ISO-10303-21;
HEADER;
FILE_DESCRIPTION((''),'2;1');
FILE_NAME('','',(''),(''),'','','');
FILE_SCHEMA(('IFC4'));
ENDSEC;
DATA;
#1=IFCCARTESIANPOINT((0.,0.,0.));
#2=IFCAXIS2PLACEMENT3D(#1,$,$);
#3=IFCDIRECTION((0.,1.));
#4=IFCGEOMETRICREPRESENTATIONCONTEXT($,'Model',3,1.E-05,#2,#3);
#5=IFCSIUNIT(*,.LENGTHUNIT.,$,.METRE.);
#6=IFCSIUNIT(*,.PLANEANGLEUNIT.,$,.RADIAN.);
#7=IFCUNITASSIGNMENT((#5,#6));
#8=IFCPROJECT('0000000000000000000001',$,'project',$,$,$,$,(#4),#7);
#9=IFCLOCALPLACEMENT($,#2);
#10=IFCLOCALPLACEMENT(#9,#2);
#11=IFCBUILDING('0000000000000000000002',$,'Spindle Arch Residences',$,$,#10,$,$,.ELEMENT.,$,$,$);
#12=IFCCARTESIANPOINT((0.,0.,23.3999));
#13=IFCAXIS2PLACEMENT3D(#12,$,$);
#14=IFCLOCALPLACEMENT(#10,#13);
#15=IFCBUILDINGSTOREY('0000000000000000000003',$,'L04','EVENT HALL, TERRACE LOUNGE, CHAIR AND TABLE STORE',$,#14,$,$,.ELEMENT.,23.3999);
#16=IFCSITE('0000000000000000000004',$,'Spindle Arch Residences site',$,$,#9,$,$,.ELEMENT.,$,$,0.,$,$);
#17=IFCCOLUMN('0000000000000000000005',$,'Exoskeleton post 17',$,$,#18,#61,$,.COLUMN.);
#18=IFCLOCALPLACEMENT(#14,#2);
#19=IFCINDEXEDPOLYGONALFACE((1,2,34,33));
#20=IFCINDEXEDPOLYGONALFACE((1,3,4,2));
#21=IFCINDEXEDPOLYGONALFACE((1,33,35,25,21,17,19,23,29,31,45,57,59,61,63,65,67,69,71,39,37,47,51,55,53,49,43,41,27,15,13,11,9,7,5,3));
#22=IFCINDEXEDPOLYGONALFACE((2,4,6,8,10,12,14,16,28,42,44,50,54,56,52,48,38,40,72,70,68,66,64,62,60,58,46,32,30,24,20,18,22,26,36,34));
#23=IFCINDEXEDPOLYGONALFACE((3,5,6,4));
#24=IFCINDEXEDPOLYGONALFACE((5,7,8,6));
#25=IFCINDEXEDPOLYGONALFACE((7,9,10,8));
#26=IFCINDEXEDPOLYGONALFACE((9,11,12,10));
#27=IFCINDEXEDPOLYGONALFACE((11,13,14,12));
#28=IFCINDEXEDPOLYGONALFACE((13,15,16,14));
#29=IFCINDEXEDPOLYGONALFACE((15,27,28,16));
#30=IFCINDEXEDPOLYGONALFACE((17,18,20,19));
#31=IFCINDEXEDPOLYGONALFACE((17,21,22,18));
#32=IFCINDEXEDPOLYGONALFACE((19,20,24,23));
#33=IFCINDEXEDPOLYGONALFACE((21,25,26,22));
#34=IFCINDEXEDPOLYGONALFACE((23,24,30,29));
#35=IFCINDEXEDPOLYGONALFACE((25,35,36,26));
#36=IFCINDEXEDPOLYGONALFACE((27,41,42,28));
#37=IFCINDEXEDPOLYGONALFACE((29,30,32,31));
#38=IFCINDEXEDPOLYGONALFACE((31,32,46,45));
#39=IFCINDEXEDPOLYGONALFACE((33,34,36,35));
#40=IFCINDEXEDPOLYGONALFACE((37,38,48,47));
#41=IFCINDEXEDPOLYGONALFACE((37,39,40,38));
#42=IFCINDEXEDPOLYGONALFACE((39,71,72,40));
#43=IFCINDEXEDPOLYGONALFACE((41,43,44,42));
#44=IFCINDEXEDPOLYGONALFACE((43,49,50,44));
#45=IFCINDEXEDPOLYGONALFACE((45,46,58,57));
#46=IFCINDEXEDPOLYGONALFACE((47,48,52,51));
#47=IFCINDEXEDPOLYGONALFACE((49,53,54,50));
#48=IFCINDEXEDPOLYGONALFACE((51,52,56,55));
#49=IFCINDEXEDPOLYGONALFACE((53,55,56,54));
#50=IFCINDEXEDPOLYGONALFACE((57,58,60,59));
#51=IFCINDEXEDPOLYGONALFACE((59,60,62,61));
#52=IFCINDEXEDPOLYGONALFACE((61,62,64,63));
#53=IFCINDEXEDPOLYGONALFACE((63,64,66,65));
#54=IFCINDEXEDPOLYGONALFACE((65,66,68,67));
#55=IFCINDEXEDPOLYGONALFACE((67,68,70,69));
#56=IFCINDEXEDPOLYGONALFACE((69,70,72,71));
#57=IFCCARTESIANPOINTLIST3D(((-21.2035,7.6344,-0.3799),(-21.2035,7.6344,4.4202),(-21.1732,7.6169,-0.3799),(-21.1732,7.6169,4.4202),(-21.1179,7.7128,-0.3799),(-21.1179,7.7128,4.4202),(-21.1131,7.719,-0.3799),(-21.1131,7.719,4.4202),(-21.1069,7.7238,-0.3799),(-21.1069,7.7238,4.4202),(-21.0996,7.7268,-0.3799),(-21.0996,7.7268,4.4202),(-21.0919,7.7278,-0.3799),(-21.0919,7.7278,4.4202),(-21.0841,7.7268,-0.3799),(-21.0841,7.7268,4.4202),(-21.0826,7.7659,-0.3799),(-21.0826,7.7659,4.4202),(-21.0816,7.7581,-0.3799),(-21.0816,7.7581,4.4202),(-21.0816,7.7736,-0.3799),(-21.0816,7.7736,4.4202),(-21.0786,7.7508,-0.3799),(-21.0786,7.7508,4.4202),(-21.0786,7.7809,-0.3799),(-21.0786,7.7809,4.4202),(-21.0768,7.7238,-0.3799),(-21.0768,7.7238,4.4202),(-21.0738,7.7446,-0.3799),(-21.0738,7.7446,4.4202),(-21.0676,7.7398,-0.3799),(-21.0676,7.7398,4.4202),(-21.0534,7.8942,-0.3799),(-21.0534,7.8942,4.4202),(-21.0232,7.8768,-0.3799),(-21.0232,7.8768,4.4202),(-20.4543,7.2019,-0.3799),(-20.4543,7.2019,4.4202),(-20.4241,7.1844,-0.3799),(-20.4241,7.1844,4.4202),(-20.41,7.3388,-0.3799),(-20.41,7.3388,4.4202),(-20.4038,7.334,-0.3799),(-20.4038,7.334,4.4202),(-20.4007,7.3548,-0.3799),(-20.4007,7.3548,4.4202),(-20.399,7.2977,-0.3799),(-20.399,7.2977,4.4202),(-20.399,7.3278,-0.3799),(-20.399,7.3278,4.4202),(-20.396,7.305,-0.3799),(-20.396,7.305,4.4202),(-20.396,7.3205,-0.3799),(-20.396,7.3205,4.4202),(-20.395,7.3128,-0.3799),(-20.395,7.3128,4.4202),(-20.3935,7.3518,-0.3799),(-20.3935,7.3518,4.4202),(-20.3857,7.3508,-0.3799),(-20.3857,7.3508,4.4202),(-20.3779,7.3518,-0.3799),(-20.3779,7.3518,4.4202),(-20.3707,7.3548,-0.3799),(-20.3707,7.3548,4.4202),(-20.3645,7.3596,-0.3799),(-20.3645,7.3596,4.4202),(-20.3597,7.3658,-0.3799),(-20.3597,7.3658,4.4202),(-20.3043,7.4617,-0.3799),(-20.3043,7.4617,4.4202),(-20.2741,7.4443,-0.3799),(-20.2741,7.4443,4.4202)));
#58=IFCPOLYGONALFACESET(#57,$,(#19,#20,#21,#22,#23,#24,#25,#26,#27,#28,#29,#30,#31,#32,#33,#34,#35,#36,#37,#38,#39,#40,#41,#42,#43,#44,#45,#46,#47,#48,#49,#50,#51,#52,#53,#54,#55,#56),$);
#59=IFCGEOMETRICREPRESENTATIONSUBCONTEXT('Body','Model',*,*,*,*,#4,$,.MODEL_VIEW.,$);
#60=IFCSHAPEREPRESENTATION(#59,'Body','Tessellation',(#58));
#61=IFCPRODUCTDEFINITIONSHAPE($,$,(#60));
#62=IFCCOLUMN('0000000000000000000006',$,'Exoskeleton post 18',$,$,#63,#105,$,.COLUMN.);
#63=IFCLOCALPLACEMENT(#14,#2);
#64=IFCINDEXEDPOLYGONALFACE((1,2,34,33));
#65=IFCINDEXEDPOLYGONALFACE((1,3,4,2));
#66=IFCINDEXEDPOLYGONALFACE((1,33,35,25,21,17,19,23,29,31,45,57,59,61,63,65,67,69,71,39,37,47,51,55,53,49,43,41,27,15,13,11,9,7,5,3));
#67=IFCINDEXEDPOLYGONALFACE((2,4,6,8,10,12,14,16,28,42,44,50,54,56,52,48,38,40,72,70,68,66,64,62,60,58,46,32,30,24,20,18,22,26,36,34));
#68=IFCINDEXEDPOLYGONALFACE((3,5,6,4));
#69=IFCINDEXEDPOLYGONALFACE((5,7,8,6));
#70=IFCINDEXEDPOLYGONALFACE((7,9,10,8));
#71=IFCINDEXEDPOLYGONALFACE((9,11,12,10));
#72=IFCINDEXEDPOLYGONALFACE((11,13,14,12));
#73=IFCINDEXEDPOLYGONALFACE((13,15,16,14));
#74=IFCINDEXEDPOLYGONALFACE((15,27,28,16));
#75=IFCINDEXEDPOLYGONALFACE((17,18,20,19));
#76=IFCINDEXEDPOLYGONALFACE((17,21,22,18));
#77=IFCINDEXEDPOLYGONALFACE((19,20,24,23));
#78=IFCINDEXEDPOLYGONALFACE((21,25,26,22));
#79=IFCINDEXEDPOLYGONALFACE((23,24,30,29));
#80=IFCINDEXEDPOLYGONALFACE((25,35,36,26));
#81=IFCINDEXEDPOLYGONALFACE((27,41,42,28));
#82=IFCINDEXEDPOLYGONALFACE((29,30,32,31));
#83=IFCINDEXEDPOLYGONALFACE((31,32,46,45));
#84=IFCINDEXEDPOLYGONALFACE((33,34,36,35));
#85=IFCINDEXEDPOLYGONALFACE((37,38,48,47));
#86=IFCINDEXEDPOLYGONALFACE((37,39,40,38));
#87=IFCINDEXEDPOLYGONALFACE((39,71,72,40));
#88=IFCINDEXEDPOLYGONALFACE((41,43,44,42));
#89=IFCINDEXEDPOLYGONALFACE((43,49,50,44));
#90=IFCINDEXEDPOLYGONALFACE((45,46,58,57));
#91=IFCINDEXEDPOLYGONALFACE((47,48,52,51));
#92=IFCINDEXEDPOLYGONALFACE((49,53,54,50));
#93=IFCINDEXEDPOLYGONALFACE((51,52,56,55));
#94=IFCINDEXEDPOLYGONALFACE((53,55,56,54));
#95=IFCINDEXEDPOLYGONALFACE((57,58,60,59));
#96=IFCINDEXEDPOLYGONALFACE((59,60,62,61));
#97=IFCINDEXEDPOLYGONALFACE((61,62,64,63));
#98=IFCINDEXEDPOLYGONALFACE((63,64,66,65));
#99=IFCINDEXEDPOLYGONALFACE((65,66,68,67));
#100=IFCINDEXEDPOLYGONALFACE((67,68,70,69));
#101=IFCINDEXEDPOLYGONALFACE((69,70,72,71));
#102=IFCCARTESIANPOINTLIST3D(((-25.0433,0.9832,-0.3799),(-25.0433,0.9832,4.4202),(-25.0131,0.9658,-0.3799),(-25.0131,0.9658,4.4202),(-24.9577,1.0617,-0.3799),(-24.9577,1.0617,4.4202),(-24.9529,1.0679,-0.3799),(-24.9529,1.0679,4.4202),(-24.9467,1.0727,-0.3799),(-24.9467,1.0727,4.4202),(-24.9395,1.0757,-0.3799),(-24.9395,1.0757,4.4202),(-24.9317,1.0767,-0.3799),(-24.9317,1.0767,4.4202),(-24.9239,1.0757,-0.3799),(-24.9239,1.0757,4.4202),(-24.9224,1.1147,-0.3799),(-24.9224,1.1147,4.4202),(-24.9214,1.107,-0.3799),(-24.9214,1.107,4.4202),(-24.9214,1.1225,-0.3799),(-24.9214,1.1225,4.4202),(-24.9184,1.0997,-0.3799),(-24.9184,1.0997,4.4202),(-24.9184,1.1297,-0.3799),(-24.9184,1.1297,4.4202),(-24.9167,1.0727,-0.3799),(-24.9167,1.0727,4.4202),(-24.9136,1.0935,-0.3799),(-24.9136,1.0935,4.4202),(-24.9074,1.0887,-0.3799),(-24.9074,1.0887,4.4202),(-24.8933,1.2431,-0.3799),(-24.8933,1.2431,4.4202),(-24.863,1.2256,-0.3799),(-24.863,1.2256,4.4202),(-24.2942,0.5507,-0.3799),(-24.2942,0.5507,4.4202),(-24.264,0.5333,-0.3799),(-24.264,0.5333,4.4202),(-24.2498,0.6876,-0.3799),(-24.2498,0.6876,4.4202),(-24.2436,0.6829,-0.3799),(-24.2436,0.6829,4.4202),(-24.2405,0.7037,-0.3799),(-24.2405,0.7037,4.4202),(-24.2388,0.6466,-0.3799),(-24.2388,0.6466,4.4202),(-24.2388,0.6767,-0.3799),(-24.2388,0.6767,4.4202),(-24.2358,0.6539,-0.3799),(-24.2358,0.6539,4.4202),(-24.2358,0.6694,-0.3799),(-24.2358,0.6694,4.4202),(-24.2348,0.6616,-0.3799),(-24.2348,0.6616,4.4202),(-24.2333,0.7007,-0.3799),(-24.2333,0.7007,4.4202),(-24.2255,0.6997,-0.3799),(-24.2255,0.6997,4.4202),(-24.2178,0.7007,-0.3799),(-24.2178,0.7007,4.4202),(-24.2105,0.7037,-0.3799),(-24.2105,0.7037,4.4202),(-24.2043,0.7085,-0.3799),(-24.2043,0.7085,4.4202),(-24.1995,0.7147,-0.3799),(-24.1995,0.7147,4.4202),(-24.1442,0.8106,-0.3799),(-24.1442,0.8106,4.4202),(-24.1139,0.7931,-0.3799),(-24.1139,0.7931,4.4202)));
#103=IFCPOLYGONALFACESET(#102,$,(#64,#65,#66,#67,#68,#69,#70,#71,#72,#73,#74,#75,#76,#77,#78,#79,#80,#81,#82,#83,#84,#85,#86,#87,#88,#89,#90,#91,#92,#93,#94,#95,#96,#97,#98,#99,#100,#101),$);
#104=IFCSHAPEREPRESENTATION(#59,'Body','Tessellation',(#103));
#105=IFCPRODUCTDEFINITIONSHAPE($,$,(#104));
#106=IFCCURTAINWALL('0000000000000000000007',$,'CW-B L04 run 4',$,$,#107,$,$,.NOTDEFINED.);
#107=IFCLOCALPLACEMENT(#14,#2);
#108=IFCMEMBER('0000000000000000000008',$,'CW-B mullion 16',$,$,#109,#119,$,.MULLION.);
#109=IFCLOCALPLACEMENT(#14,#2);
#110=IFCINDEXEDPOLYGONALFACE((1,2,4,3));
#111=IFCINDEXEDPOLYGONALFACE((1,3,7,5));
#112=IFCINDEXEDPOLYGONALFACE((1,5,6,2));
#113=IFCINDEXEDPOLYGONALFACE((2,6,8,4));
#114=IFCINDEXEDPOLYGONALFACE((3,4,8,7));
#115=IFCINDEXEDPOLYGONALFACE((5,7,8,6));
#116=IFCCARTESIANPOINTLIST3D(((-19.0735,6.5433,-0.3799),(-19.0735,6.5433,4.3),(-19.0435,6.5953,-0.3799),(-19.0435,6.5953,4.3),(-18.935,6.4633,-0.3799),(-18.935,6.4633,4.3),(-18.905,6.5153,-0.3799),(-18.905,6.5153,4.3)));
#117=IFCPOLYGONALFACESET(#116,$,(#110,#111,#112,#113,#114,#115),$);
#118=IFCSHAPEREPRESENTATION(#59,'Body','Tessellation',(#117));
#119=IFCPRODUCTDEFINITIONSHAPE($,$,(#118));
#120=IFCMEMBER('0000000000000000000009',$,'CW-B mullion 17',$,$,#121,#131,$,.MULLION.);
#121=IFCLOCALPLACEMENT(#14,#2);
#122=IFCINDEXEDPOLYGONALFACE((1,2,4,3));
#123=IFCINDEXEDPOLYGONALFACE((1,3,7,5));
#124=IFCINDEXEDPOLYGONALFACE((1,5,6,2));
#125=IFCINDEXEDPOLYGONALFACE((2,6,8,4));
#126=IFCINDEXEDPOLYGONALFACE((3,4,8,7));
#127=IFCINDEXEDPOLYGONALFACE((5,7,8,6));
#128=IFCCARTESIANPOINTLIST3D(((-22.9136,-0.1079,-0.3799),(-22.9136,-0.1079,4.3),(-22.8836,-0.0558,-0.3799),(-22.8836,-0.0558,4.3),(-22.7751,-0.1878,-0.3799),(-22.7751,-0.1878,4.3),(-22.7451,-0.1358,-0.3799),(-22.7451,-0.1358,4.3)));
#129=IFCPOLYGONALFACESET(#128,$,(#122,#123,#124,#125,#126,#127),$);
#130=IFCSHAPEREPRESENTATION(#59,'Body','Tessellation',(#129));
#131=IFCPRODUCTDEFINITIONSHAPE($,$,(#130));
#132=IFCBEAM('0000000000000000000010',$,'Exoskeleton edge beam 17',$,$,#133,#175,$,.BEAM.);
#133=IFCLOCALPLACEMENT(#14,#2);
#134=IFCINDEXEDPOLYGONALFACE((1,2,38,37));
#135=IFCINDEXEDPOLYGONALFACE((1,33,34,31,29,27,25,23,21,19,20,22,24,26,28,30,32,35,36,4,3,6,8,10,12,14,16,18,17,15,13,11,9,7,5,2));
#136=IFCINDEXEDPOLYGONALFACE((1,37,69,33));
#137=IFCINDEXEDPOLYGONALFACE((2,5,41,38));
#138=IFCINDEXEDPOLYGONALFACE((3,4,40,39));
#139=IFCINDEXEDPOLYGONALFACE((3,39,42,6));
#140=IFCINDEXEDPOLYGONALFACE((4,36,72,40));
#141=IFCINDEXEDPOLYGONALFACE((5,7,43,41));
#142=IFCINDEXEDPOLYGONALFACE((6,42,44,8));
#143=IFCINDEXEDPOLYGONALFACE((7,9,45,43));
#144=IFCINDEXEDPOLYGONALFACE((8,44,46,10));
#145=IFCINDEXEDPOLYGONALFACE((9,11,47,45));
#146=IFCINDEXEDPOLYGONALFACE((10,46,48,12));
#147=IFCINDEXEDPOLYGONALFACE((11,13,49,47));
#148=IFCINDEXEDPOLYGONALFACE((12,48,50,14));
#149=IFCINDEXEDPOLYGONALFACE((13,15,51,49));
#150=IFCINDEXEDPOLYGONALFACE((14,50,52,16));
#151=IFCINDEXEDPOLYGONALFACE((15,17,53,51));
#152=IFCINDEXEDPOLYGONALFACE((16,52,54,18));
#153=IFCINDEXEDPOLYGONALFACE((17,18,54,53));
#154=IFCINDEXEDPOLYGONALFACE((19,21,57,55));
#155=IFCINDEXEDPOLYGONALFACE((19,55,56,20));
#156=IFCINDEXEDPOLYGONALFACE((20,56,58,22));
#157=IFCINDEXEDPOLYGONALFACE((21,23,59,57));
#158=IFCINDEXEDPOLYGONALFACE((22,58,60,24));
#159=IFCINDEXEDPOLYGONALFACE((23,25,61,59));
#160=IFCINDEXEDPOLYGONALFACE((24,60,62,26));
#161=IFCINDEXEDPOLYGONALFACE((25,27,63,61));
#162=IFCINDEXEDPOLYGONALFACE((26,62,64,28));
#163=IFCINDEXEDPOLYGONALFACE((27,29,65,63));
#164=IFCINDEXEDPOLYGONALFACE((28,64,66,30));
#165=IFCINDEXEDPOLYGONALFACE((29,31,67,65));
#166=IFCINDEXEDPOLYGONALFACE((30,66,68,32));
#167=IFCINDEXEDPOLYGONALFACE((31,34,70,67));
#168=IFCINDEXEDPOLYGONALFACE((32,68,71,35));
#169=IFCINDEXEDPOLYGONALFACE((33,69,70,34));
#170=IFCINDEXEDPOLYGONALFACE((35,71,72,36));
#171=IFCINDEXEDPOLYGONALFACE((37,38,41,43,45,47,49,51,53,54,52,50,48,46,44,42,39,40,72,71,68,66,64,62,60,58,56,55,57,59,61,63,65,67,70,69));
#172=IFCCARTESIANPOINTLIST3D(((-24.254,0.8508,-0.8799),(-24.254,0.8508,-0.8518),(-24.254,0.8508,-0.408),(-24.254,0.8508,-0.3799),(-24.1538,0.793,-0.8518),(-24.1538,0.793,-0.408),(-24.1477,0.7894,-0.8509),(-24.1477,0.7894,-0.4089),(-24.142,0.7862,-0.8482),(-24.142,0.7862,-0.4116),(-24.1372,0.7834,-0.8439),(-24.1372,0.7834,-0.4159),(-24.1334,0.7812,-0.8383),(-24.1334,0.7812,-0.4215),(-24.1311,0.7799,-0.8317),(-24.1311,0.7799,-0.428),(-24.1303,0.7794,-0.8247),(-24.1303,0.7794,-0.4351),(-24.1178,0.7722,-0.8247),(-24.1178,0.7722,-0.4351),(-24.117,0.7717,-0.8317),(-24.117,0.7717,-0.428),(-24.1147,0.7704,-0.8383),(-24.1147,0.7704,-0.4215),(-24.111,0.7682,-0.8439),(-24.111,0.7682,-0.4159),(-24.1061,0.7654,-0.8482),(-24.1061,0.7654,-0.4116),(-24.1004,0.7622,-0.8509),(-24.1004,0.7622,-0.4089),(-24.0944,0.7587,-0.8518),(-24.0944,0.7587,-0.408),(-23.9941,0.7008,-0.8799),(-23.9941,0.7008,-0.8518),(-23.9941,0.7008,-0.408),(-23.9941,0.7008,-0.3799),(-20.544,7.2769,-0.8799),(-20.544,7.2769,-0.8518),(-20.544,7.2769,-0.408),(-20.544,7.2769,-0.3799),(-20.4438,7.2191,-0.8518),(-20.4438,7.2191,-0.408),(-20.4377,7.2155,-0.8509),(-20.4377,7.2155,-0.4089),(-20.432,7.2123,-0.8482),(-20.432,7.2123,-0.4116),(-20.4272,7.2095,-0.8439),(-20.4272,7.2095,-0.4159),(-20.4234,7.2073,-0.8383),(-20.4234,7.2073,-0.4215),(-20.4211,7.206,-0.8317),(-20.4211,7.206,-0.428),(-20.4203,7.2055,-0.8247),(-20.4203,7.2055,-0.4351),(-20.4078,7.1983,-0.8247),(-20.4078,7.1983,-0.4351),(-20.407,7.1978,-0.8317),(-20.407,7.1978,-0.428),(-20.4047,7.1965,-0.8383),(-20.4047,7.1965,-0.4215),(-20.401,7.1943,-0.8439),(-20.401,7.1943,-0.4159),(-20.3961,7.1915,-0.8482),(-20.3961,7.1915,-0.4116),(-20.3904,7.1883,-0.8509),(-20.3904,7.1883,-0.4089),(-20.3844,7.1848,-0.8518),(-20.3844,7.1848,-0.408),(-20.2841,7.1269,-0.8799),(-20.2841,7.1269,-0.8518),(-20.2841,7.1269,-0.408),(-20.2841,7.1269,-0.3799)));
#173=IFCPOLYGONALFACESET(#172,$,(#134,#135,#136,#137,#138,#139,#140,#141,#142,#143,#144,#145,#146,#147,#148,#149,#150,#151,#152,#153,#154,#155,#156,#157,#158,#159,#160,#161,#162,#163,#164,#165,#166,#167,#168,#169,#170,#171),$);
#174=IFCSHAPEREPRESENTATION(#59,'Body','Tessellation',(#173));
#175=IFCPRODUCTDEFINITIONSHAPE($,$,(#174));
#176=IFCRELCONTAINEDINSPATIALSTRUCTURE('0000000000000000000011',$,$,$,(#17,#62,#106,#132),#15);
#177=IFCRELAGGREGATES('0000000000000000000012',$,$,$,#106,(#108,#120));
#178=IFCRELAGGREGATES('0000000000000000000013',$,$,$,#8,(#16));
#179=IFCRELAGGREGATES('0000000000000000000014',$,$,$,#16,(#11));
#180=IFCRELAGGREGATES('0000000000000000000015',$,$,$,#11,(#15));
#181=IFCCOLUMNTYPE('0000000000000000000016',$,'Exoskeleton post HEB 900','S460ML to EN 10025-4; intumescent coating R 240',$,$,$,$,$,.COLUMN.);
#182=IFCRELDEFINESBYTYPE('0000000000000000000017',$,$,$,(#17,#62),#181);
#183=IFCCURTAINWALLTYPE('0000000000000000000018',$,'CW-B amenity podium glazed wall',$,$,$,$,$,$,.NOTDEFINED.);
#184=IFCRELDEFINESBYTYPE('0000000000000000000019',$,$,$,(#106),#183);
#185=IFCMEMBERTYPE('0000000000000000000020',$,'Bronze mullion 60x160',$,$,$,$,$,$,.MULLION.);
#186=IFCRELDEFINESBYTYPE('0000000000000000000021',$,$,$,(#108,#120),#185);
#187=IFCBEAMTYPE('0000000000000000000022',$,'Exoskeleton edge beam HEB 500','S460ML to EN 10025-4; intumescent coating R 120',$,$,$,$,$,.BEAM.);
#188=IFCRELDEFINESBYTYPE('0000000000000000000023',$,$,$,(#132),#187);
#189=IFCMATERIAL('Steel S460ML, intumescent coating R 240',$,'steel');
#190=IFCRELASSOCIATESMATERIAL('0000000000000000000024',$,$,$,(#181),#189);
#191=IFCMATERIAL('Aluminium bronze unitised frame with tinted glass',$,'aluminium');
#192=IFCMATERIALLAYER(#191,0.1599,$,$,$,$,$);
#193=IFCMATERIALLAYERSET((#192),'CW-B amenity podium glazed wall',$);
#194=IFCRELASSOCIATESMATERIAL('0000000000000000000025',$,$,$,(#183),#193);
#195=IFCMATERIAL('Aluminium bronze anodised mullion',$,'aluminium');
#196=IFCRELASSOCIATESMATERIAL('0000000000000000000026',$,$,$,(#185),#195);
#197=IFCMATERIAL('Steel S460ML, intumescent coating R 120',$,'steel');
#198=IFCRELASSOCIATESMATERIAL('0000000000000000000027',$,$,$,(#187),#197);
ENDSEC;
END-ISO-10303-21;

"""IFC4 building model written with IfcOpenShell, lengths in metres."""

from ifc_helpers import new_model, si_unit, direction, frame, origin, origin_2d, place, context, subcontext, project, spatial, rectangle, i_section, extrude, material, layer, layer_set, material_profile, profile_set, type_object, element, aggregate, save


model = new_model("IFC4")

# Units and contexts
model_context = context("Model", 3, precision=1e-05, world=origin(), true_north=direction((0.0, 1.0)))
body_context = subcontext(model_context, "Body", "Model", "MODEL_VIEW")
ifc_project = project(units=[si_unit("LENGTHUNIT", "METRE"), si_unit("PLANEANGLEUNIT", "RADIAN")], contexts=[model_context])

# Site, building, storey
site_placement = place(None, origin())
site = spatial("IfcSite", under=ifc_project, at=site_placement, Name="Spindle Arch Residences site", CompositionType="ELEMENT", RefElevation=0.0)
building_placement = place(site_placement, origin())
building = spatial("IfcBuilding", under=site, at=building_placement, Name="Spindle Arch Residences", CompositionType="ELEMENT")
storey_placement = place(building_placement, frame((0.0, 0.0, 23.3999)))
storey = spatial("IfcBuildingStorey", under=building, at=storey_placement, Name="L04", Description="EVENT HALL, TERRACE LOUNGE, CHAIR AND TABLE STORE", CompositionType="ELEMENT", Elevation=23.3999)

# Columns
ifc_material_1 = material(Name="Steel S460ML, intumescent coating R 240", Category="steel")
ifc_material_profile_1 = material_profile(ifc_material_1, i_section(OverallWidth=0.3, OverallDepth=0.8999, WebThickness=0.0186, FlangeThickness=0.0349, FilletRadius=0.03, at=origin_2d()), Name="HEB 900")
ifc_profile_set_1 = profile_set([ifc_material_profile_1], Name="Steel S460ML, intumescent coating R 240")
column_type = type_object("IfcColumnType", Name="Exoskeleton post HEB 900", Description="S460ML to EN 10025-4; intumescent coating R 240", PredefinedType="COLUMN", material=ifc_profile_set_1)
for number, where, z_axis, x_axis, name in (
    (1, (-20.7388, 7.5393, -0.3799), (0.0, 0.0, 1.0), (0.5, 0.866025, 0.0), "Exoskeleton post 17"),
    (2, (-24.5786, 0.8882, -0.3799), (0.0, 0.0, 1.0), (0.5, 0.866025, 0.0), "Exoskeleton post 18"),
):
    element("IfcColumn", number, at=place(storey_placement, frame(where, z_axis=z_axis, x_axis=x_axis)), inside=storey, type_object=column_type, Name=name, PredefinedType="COLUMN", context=body_context, shape_type="SweptSolid", body=[
        extrude(i_section(OverallWidth=0.3, OverallDepth=0.8999, WebThickness=0.0186, FlangeThickness=0.0349, FilletRadius=0.03, at=origin_2d()), origin(), (0.0, 0.0, 1.0), 4.8),
    ])

# Curtain wall, members
ifc_material_2 = material(Name="Aluminium bronze unitised frame with tinted glass", Category="aluminium")
ifc_layer_1 = layer(ifc_material_2, 0.1599)
ifc_layer_set_1 = layer_set([ifc_layer_1], Name="CW-B amenity podium glazed wall")
curtain_wall_type = type_object("IfcCurtainWallType", Name="CW-B amenity podium glazed wall", PredefinedType="NOTDEFINED", material=ifc_layer_set_1)
curtain_wall_placement = place(storey_placement, origin())
curtain_wall = element("IfcCurtainWall", 3, at=curtain_wall_placement, inside=storey, type_object=curtain_wall_type, Name="CW-B L04 run 4", PredefinedType="NOTDEFINED")
ifc_material_3 = material(Name="Aluminium bronze anodised mullion", Category="aluminium")
ifc_material_profile_2 = material_profile(ifc_material_3, rectangle(XDim=0.1599, YDim=0.0601, at=origin_2d()), Name="MU 60x160")
ifc_profile_set_2 = profile_set([ifc_material_profile_2], Name="Aluminium bronze anodised mullion")
member_type = type_object("IfcMemberType", Name="Bronze mullion 60x160", PredefinedType="MULLION", material=ifc_profile_set_2)
member_1_placement = place(storey_placement, frame((-18.9893, 6.5293, -0.3799), z_axis=(0.0, 0.0, 1.0), x_axis=(0.866025, -0.5, 0.0)))
member_1 = element("IfcMember", 4, at=member_1_placement, type_object=member_type, Name="CW-B mullion 16", PredefinedType="MULLION", context=body_context, shape_type="SweptSolid", body=[
    extrude(rectangle(XDim=0.1599, YDim=0.0601, at=origin_2d()), origin(), (0.0, 0.0, 1.0), 4.6799),
])
member_2_placement = place(storey_placement, frame((-22.8293, -0.1218, -0.3799), z_axis=(0.0, 0.0, 1.0), x_axis=(0.866025, -0.5, 0.0)))
member_2 = element("IfcMember", 5, at=member_2_placement, type_object=member_type, Name="CW-B mullion 17", PredefinedType="MULLION", context=body_context, shape_type="SweptSolid", body=[
    extrude(rectangle(XDim=0.1599, YDim=0.0601, at=origin_2d()), origin(), (0.0, 0.0, 1.0), 4.6799),
])

# Beam
ifc_material_4 = material(Name="Steel S460ML, intumescent coating R 120", Category="steel")
ifc_material_profile_3 = material_profile(ifc_material_4, i_section(OverallWidth=0.3, OverallDepth=0.5, WebThickness=0.0144, FlangeThickness=0.0281, FilletRadius=0.0271, at=origin_2d()), Name="HEB 500")
ifc_profile_set_3 = profile_set([ifc_material_profile_3], Name="Steel S460ML, intumescent coating R 120")
beam_type_1 = type_object("IfcBeamType", Name="Exoskeleton edge beam HEB 500", Description="S460ML to EN 10025-4; intumescent coating R 120", PredefinedType="BEAM", material=ifc_profile_set_3)
beam_1_placement = place(storey_placement, frame((-20.4141, 7.2019, -0.6299), z_axis=(-0.499989, -0.866032, 0.0), x_axis=(0.866032, -0.499989, 0.0)))
element("IfcBeam", 6, at=beam_1_placement, inside=storey, type_object=beam_type_1, Name="Exoskeleton edge beam 17", PredefinedType="BEAM", context=body_context, shape_type="SweptSolid", body=[
    extrude(i_section(OverallWidth=0.3, OverallDepth=0.5, WebThickness=0.0144, FlangeThickness=0.0281, FilletRadius=0.0271, at=origin_2d()), origin(), (0.0, 0.0, 1.0), 7.4202),
])

aggregate(curtain_wall, [member_1, member_2])

save(model, "model.ifc")
